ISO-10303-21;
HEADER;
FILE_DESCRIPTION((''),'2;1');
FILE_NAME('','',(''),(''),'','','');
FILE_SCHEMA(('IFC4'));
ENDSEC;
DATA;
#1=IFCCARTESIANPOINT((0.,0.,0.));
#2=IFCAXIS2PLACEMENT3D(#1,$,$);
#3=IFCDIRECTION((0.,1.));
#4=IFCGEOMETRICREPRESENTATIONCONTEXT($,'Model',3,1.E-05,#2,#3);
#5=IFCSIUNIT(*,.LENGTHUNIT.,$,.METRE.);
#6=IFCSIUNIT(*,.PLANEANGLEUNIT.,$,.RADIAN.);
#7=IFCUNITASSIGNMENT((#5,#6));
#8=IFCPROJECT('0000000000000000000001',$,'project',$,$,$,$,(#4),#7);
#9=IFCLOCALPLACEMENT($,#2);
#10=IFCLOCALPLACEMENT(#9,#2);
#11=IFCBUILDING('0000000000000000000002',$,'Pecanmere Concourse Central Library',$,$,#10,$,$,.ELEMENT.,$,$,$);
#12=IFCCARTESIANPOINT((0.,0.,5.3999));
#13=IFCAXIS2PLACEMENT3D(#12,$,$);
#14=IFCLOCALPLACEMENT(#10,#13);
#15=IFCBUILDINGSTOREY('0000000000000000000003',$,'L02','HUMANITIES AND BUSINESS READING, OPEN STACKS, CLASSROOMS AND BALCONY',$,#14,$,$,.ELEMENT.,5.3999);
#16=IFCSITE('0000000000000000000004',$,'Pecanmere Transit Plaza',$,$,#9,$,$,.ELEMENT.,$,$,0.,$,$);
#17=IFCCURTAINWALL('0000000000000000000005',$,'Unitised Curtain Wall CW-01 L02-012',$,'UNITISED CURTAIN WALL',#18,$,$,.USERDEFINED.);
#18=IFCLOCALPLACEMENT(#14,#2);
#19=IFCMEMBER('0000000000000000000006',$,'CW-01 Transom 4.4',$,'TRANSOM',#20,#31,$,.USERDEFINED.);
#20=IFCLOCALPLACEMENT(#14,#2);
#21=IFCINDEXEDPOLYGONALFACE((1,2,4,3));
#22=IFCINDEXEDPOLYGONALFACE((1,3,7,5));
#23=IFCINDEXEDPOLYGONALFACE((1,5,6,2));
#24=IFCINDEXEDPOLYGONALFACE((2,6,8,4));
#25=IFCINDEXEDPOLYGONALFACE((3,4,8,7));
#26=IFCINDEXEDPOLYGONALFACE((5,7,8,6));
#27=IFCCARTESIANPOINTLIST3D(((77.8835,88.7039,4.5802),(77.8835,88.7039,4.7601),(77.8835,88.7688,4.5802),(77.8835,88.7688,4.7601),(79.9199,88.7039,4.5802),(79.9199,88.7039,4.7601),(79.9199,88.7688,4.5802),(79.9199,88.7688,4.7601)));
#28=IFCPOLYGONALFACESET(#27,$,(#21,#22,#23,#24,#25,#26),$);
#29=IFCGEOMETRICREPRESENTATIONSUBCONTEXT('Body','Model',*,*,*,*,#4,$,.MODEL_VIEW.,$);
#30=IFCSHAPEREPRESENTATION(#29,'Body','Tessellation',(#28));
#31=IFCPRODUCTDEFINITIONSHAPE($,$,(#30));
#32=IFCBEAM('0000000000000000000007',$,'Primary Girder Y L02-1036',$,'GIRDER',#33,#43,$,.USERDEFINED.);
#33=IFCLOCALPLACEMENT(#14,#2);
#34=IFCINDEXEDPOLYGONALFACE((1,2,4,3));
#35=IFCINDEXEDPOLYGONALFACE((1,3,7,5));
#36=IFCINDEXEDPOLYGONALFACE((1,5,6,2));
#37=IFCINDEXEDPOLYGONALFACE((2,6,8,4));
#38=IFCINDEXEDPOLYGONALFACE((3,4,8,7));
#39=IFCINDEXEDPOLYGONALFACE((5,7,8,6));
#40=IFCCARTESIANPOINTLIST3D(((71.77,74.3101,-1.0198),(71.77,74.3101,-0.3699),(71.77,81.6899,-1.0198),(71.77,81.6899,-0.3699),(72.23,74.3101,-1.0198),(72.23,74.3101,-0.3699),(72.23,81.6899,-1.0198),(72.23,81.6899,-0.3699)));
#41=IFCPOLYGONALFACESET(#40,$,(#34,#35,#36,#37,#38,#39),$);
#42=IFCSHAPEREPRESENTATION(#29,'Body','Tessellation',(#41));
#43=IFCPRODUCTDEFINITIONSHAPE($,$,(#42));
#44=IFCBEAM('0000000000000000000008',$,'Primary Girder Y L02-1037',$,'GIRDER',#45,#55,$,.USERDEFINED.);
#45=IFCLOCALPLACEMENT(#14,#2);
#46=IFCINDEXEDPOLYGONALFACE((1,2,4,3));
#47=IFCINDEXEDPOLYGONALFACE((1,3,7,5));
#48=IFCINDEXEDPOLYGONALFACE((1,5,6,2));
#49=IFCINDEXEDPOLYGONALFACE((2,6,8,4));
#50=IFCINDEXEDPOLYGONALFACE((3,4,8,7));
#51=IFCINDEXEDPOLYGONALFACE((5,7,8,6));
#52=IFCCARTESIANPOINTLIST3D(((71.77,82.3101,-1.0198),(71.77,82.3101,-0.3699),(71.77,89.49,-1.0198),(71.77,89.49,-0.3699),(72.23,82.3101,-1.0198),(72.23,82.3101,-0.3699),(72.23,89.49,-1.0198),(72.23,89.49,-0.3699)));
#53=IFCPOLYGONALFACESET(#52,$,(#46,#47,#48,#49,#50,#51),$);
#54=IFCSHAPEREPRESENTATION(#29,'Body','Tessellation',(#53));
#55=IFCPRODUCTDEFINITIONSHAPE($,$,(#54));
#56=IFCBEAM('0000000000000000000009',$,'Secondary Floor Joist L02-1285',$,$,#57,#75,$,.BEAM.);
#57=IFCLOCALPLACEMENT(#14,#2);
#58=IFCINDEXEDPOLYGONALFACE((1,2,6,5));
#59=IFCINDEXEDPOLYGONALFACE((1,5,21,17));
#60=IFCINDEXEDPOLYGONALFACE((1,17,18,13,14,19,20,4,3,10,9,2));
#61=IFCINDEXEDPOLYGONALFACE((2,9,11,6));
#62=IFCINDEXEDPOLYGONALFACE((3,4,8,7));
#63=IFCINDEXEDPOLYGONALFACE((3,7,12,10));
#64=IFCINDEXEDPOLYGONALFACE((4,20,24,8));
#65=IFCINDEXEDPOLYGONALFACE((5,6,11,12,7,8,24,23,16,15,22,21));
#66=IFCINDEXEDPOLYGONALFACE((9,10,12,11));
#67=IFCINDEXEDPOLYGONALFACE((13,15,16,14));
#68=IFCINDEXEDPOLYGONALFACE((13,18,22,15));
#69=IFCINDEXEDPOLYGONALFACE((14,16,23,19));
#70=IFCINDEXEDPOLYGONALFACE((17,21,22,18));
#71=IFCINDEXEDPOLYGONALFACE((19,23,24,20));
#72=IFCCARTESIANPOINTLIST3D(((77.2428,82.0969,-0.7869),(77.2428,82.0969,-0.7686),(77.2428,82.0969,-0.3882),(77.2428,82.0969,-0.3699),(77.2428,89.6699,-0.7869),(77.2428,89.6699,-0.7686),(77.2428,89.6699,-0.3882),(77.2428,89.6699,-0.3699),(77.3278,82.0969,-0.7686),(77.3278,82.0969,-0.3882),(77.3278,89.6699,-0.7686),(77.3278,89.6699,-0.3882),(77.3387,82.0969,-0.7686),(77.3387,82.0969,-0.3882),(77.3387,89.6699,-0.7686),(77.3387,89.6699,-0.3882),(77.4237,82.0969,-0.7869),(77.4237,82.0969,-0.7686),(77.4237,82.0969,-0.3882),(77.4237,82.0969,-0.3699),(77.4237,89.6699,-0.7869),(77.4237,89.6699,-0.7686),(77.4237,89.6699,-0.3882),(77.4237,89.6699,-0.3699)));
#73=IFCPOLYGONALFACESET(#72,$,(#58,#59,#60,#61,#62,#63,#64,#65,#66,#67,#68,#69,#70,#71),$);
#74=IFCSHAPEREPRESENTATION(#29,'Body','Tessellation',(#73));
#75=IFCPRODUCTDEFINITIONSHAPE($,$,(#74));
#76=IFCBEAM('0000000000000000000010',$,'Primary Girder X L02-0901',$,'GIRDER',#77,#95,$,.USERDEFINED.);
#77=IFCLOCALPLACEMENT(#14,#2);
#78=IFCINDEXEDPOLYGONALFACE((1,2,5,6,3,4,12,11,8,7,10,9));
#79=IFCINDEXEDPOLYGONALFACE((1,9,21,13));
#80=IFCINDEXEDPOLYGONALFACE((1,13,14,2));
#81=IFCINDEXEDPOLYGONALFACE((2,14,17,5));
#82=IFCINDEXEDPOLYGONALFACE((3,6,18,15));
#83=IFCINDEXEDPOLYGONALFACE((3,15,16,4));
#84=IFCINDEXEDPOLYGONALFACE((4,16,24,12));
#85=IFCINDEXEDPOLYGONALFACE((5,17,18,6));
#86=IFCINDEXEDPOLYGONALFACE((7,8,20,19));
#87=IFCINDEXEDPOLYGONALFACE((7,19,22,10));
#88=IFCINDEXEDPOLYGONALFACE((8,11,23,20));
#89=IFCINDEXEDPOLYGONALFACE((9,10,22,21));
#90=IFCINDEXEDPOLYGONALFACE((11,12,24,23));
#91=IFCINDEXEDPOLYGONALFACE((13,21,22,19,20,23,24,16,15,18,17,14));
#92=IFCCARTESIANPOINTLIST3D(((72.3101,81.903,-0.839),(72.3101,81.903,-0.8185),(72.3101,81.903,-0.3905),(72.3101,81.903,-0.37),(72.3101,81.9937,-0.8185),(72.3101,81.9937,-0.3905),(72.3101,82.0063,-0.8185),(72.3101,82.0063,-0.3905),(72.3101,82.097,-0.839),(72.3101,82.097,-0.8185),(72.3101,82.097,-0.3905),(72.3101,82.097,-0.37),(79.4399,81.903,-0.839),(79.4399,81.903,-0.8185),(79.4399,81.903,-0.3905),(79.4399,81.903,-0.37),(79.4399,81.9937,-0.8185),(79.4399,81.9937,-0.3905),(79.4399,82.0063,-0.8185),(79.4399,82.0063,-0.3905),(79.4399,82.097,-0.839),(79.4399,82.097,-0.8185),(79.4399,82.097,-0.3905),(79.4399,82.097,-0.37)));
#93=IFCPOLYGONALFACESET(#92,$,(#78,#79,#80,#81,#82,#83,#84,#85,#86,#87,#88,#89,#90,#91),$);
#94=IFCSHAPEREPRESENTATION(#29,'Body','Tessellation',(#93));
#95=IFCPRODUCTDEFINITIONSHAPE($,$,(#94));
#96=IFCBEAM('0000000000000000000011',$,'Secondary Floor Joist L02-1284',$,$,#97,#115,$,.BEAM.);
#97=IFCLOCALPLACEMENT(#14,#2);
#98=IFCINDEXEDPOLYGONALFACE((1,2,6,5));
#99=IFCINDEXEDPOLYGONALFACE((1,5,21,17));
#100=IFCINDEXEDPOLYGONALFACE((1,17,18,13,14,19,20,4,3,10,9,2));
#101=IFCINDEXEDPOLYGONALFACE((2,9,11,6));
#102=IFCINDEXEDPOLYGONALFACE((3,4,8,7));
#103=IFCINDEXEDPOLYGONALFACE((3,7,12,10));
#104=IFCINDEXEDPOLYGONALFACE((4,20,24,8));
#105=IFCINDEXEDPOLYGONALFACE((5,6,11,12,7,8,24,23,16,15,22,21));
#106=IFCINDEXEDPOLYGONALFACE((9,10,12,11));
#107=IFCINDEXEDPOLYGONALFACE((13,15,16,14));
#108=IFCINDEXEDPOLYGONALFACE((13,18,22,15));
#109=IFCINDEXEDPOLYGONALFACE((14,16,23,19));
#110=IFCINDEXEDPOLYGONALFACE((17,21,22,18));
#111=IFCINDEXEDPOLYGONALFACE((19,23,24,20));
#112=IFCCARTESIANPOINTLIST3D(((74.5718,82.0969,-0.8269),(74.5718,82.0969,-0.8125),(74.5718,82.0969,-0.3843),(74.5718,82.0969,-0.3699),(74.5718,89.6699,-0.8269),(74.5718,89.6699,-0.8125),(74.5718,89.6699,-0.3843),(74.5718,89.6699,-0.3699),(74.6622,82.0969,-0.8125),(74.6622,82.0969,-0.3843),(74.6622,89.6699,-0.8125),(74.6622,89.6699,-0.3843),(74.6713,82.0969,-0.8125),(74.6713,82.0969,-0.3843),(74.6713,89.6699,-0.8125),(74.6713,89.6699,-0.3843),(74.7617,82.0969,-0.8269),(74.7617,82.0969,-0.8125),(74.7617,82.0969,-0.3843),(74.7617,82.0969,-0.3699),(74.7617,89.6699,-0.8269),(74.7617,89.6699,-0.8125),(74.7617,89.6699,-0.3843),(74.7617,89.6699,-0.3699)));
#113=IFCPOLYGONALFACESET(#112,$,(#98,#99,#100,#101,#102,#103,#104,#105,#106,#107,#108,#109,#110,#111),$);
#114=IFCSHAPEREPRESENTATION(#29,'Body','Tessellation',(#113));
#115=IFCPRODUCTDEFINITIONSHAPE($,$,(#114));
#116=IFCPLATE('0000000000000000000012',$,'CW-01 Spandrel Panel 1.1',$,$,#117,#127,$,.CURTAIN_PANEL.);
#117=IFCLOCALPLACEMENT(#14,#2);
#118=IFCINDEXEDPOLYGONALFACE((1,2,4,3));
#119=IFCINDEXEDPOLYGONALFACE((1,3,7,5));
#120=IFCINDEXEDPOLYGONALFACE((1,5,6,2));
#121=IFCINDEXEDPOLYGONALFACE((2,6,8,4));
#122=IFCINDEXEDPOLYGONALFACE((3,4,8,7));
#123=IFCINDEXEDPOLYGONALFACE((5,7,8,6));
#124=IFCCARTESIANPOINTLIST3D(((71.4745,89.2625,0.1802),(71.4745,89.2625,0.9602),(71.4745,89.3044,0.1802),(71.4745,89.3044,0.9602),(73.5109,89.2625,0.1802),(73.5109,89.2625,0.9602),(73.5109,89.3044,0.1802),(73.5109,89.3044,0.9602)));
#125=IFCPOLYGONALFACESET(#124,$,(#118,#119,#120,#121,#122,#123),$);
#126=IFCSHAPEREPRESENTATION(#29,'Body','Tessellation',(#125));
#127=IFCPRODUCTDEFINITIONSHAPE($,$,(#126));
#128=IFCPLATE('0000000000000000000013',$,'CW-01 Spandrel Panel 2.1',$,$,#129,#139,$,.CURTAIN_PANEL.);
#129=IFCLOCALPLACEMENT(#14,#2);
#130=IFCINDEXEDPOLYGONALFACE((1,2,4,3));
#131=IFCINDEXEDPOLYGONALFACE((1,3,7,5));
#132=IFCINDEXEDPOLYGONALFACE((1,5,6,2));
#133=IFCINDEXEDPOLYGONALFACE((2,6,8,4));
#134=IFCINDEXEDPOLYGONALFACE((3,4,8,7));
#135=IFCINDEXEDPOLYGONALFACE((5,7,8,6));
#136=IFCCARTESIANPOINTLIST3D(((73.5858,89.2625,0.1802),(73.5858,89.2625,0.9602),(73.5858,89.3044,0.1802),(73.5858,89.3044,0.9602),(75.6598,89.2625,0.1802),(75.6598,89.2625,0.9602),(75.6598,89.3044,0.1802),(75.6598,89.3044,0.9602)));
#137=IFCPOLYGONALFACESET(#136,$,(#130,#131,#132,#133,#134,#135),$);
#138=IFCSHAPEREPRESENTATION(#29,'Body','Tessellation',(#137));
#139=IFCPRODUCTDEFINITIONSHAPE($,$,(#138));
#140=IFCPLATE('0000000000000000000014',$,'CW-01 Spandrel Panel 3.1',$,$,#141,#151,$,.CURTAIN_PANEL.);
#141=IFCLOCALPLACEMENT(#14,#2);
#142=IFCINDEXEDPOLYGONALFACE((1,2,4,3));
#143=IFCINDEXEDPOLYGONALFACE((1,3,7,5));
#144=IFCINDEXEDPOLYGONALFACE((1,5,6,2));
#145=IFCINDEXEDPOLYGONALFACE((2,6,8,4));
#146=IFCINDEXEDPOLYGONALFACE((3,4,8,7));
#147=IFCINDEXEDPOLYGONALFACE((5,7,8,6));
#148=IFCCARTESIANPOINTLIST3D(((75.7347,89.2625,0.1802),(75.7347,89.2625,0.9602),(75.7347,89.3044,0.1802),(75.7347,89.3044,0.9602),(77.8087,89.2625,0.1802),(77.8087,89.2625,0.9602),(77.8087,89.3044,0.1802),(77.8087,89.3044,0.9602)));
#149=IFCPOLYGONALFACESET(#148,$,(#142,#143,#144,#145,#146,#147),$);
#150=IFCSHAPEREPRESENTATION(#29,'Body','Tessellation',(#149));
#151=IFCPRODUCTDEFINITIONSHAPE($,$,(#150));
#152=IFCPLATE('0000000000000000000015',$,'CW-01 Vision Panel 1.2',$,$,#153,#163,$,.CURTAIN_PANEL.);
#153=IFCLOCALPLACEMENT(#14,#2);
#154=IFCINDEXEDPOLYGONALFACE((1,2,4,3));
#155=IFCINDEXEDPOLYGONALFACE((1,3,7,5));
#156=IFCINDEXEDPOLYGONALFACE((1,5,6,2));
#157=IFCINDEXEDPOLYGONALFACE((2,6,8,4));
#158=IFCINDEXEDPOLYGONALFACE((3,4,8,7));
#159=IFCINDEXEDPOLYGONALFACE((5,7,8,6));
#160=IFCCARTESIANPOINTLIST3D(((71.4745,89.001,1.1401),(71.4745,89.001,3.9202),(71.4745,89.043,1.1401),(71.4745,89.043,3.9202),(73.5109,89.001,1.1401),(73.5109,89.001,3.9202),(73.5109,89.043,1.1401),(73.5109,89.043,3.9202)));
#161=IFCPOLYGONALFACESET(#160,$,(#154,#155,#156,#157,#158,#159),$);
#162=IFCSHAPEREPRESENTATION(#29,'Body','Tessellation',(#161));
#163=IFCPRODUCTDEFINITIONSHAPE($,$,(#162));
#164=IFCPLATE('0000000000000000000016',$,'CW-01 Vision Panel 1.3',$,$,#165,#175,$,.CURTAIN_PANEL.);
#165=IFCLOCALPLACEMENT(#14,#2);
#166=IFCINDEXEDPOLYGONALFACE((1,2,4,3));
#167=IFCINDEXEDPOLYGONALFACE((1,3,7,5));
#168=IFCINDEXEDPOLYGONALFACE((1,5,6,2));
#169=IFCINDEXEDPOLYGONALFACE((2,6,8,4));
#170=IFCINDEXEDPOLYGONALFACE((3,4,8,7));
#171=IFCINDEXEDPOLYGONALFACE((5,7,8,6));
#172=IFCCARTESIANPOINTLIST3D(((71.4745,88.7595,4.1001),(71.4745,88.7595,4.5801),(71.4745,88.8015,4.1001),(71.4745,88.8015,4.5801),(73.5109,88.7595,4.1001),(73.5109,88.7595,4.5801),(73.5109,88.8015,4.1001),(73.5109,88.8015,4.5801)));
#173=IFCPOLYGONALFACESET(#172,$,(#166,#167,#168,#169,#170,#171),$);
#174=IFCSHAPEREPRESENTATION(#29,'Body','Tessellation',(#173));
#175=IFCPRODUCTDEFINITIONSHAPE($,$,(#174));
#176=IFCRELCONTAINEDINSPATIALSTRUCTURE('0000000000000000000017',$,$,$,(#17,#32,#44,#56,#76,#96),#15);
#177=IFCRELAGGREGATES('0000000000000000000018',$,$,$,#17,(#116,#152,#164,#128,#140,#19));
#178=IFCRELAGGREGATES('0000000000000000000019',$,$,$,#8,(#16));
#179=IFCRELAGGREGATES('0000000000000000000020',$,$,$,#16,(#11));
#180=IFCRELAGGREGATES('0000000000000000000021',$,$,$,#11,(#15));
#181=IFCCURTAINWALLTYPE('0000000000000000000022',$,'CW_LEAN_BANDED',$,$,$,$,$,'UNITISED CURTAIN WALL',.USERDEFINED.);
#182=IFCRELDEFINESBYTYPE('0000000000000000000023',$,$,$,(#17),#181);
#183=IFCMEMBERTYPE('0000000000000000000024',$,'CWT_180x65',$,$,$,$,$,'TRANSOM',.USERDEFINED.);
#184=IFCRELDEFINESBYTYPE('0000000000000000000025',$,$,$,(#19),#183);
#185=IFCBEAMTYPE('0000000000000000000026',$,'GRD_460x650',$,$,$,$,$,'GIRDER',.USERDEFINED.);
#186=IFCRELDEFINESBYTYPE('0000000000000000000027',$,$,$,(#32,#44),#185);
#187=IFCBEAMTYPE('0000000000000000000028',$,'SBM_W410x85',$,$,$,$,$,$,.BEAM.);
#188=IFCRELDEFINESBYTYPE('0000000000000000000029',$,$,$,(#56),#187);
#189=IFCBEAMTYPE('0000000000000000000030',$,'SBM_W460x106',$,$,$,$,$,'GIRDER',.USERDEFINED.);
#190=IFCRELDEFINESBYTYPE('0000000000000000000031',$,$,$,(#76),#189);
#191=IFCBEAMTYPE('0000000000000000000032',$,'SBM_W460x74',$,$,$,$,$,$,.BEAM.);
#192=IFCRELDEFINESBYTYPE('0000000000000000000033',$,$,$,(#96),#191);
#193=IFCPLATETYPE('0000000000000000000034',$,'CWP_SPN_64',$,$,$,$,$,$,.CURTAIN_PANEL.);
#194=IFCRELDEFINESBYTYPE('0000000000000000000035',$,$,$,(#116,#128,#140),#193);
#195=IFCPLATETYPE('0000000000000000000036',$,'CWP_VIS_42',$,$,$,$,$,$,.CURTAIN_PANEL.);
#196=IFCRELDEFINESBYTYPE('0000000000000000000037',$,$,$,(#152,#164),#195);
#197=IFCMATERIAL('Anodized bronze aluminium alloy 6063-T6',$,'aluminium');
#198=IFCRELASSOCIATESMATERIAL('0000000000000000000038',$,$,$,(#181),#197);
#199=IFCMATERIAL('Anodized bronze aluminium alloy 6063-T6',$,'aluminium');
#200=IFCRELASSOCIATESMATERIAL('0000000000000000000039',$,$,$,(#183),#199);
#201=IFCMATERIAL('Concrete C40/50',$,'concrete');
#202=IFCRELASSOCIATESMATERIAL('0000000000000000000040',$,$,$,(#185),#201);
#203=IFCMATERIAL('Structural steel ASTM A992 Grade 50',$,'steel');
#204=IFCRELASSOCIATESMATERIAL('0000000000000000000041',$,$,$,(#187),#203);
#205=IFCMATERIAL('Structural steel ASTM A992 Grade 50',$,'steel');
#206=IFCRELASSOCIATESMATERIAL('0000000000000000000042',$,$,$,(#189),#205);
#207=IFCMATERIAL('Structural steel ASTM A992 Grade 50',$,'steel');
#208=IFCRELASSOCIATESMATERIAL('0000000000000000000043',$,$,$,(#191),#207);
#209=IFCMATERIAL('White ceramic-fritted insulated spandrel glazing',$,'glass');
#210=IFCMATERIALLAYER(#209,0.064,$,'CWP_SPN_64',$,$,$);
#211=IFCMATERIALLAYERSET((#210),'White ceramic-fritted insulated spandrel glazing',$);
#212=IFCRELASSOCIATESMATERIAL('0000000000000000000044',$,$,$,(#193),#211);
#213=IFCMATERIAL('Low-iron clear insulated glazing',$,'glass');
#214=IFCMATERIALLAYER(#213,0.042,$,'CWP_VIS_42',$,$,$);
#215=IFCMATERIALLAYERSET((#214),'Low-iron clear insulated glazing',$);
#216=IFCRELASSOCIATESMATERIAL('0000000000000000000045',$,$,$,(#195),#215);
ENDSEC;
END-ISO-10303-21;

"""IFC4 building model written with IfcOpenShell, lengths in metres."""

from ifc_helpers import new_model, si_unit, direction, frame, origin, origin_2d, place, context, subcontext, project, spatial, rectangle, i_section, extrude, material, layer, layer_set, material_profile, profile_set, type_object, element, aggregate, save


model = new_model("IFC4")

# Units and contexts
model_context = context("Model", 3, precision=1e-05, world=origin(), true_north=direction((0.0, 1.0)))
body_context = subcontext(model_context, "Body", "Model", "MODEL_VIEW")
ifc_project = project(units=[si_unit("LENGTHUNIT", "METRE"), si_unit("PLANEANGLEUNIT", "RADIAN")], contexts=[model_context])

# Site, building, storey
site_placement = place(None, origin())
site = spatial("IfcSite", under=ifc_project, at=site_placement, Name="Pecanmere Transit Plaza", CompositionType="ELEMENT", RefElevation=0.0)
building_placement = place(site_placement, origin())
building = spatial("IfcBuilding", under=site, at=building_placement, Name="Pecanmere Concourse Central Library", CompositionType="ELEMENT")
storey_placement = place(building_placement, frame((0.0, 0.0, 5.3999)))
storey = spatial("IfcBuildingStorey", under=building, at=storey_placement, Name="L02", Description="HUMANITIES AND BUSINESS READING, OPEN STACKS, CLASSROOMS AND BALCONY", CompositionType="ELEMENT", Elevation=5.3999)

# Curtain wall, member
ifc_material_1 = material(Name="Anodized bronze aluminium alloy 6063-T6", Category="aluminium")
curtain_wall_type = type_object("IfcCurtainWallType", Name="CW_LEAN_BANDED", ElementType="UNITISED CURTAIN WALL", PredefinedType="USERDEFINED", material=ifc_material_1)
curtain_wall_placement = place(storey_placement, origin())
curtain_wall = element("IfcCurtainWall", 1, at=curtain_wall_placement, inside=storey, type_object=curtain_wall_type, Name="Unitised Curtain Wall CW-01 L02-012", ObjectType="UNITISED CURTAIN WALL", PredefinedType="USERDEFINED")
ifc_material_2 = material(Name="Anodized bronze aluminium alloy 6063-T6", Category="aluminium")
ifc_material_profile_1 = material_profile(ifc_material_2, rectangle(XDim=0.0649, YDim=0.1799, at=origin_2d()), Name="AL 65x180")
ifc_profile_set_1 = profile_set([ifc_material_profile_1], Name="Anodized bronze aluminium alloy 6063-T6")
member_type = type_object("IfcMemberType", Name="CWT_180x65", ElementType="TRANSOM", PredefinedType="USERDEFINED", material=ifc_profile_set_1)
member_1_placement = place(storey_placement, frame((77.8835, 88.7363, 4.6702), z_axis=(1.0, 0.0, 0.0), x_axis=(0.0, 1.0, 0.0)))
member_1 = element("IfcMember", 2, at=member_1_placement, type_object=member_type, Name="CW-01 Transom 4.4", ObjectType="TRANSOM", PredefinedType="USERDEFINED", context=body_context, shape_type="SweptSolid", body=[
    extrude(rectangle(XDim=0.0649, YDim=0.1799, at=origin_2d()), origin(), (0.0, 0.0, 1.0), 2.0364),
])

# Beams
ifc_material_3 = material(Name="Concrete C40/50", Category="concrete")
ifc_material_profile_2 = material_profile(ifc_material_3, rectangle(XDim=0.46, YDim=0.6499, at=origin_2d()), Name="RC 460x650")
ifc_profile_set_2 = profile_set([ifc_material_profile_2], Name="Concrete C40/50")
beam_type_1 = type_object("IfcBeamType", Name="GRD_460x650", ElementType="GIRDER", PredefinedType="USERDEFINED", material=ifc_profile_set_2)
beam_1_placement = place(storey_placement, frame((72.0, 74.3101, -0.6948), z_axis=(0.0, 1.0, 0.0), x_axis=(-1.0, 0.0, 0.0)))
element("IfcBeam", 3, at=beam_1_placement, inside=storey, type_object=beam_type_1, Name="Primary Girder Y L02-1036", ObjectType="GIRDER", PredefinedType="USERDEFINED", context=body_context, shape_type="SweptSolid", body=[
    extrude(rectangle(XDim=0.46, YDim=0.6499, at=origin_2d()), origin(), (0.0, 0.0, 1.0), 7.3799),
])
beam_2_placement = place(storey_placement, frame((72.0, 82.3101, -0.6948), z_axis=(0.0, 1.0, 0.0), x_axis=(-1.0, 0.0, 0.0)))
element("IfcBeam", 4, at=beam_2_placement, inside=storey, type_object=beam_type_1, Name="Primary Girder Y L02-1037", ObjectType="GIRDER", PredefinedType="USERDEFINED", context=body_context, shape_type="SweptSolid", body=[
    extrude(rectangle(XDim=0.46, YDim=0.6499, at=origin_2d()), origin(), (0.0, 0.0, 1.0), 7.1799),
])
ifc_material_4 = material(Name="Structural steel ASTM A992 Grade 50", Category="steel")
ifc_material_profile_3 = material_profile(ifc_material_4, i_section(OverallWidth=0.1809, OverallDepth=0.417, WebThickness=0.011, FlangeThickness=0.0183, at=origin_2d()), Name="W410x85")
ifc_profile_set_3 = profile_set([ifc_material_profile_3], Name="Structural steel ASTM A992 Grade 50")
beam_type_2 = type_object("IfcBeamType", Name="SBM_W410x85", PredefinedType="BEAM", material=ifc_profile_set_3)
beam_3_placement = place(storey_placement, frame((77.3333, 82.0969, -0.5784), z_axis=(0.0, 1.0, 0.0), x_axis=(-1.0, 0.0, 0.0)))
element("IfcBeam", 5, at=beam_3_placement, inside=storey, type_object=beam_type_2, Name="Secondary Floor Joist L02-1285", PredefinedType="BEAM", context=body_context, shape_type="SweptSolid", body=[
    extrude(i_section(OverallWidth=0.1809, OverallDepth=0.417, WebThickness=0.011, FlangeThickness=0.0183, at=origin_2d()), origin(), (0.0, 0.0, 1.0), 7.573),
])
ifc_material_5 = material(Name="Structural steel ASTM A992 Grade 50", Category="steel")
ifc_material_profile_4 = material_profile(ifc_material_5, i_section(OverallWidth=0.1941, OverallDepth=0.469, WebThickness=0.0127, FlangeThickness=0.0205, at=origin_2d()), Name="W460x106")
ifc_profile_set_4 = profile_set([ifc_material_profile_4], Name="Structural steel ASTM A992 Grade 50")
beam_type_3 = type_object("IfcBeamType", Name="SBM_W460x106", ElementType="GIRDER", PredefinedType="USERDEFINED", material=ifc_profile_set_4)
beam_4_placement = place(storey_placement, frame((72.3101, 82.0, -0.6045), z_axis=(1.0, 0.0, 0.0), x_axis=(0.0, 1.0, 0.0)))
element("IfcBeam", 6, at=beam_4_placement, inside=storey, type_object=beam_type_3, Name="Primary Girder X L02-0901", ObjectType="GIRDER", PredefinedType="USERDEFINED", context=body_context, shape_type="SweptSolid", body=[
    extrude(i_section(OverallWidth=0.1941, OverallDepth=0.469, WebThickness=0.0127, FlangeThickness=0.0205, at=origin_2d()), origin(), (0.0, 0.0, 1.0), 7.1299),
])
ifc_material_6 = material(Name="Structural steel ASTM A992 Grade 50", Category="steel")
ifc_material_profile_5 = material_profile(ifc_material_6, i_section(OverallWidth=0.1899, OverallDepth=0.457, WebThickness=0.009, FlangeThickness=0.0144, at=origin_2d()), Name="W460x74")
ifc_profile_set_5 = profile_set([ifc_material_profile_5], Name="Structural steel ASTM A992 Grade 50")
beam_type_4 = type_object("IfcBeamType", Name="SBM_W460x74", PredefinedType="BEAM", material=ifc_profile_set_5)
beam_5_placement = place(storey_placement, frame((74.6667, 82.0969, -0.5984), z_axis=(0.0, 1.0, 0.0), x_axis=(-1.0, 0.0, 0.0)))
element("IfcBeam", 7, at=beam_5_placement, inside=storey, type_object=beam_type_4, Name="Secondary Floor Joist L02-1284", PredefinedType="BEAM", context=body_context, shape_type="SweptSolid", body=[
    extrude(i_section(OverallWidth=0.1899, OverallDepth=0.457, WebThickness=0.009, FlangeThickness=0.0144, at=origin_2d()), origin(), (0.0, 0.0, 1.0), 7.573),
])

# Plates
ifc_material_7 = material(Name="White ceramic-fritted insulated spandrel glazing", Category="glass")
ifc_layer_1 = layer(ifc_material_7, 0.064, Name="CWP_SPN_64")
ifc_layer_set_1 = layer_set([ifc_layer_1], Name="White ceramic-fritted insulated spandrel glazing")
plate_type_1 = type_object("IfcPlateType", Name="CWP_SPN_64", PredefinedType="CURTAIN_PANEL", material=ifc_layer_set_1)
plate_1_placement = place(storey_placement, frame((72.4927, 89.2834, 0.1802), z_axis=(0.0, 0.0, 1.0), x_axis=(1.0, 0.0, 0.0)))
plate_1 = element("IfcPlate", 8, at=plate_1_placement, type_object=plate_type_1, Name="CW-01 Spandrel Panel 1.1", PredefinedType="CURTAIN_PANEL", context=body_context, shape_type="SweptSolid", body=[
    extrude(rectangle(XDim=2.0364, YDim=0.042, at=origin_2d()), origin(), (0.0, 0.0, 1.0), 0.78),
])
plate_2_placement = place(storey_placement, frame((74.6228, 89.2834, 0.1802), z_axis=(0.0, 0.0, 1.0), x_axis=(1.0, 0.0, 0.0)))
plate_2 = element("IfcPlate", 9, at=plate_2_placement, type_object=plate_type_1, Name="CW-01 Spandrel Panel 2.1", PredefinedType="CURTAIN_PANEL", context=body_context, shape_type="SweptSolid", body=[
    extrude(rectangle(XDim=2.074, YDim=0.042, at=origin_2d()), origin(), (0.0, 0.0, 1.0), 0.78),
])
plate_3_placement = place(storey_placement, frame((76.7717, 89.2834, 0.1802), z_axis=(0.0, 0.0, 1.0), x_axis=(1.0, 0.0, 0.0)))
plate_3 = element("IfcPlate", 10, at=plate_3_placement, type_object=plate_type_1, Name="CW-01 Spandrel Panel 3.1", PredefinedType="CURTAIN_PANEL", context=body_context, shape_type="SweptSolid", body=[
    extrude(rectangle(XDim=2.074, YDim=0.042, at=origin_2d()), origin(), (0.0, 0.0, 1.0), 0.78),
])
ifc_material_8 = material(Name="Low-iron clear insulated glazing", Category="glass")
ifc_layer_2 = layer(ifc_material_8, 0.042, Name="CWP_VIS_42")
ifc_layer_set_2 = layer_set([ifc_layer_2], Name="Low-iron clear insulated glazing")
plate_type_2 = type_object("IfcPlateType", Name="CWP_VIS_42", PredefinedType="CURTAIN_PANEL", material=ifc_layer_set_2)
plate_4_placement = place(storey_placement, frame((72.4927, 89.022, 1.1401), z_axis=(0.0, 0.0, 1.0), x_axis=(1.0, 0.0, 0.0)))
plate_4 = element("IfcPlate", 11, at=plate_4_placement, type_object=plate_type_2, Name="CW-01 Vision Panel 1.2", PredefinedType="CURTAIN_PANEL", context=body_context, shape_type="SweptSolid", body=[
    extrude(rectangle(XDim=2.0364, YDim=0.042, at=origin_2d()), origin(), (0.0, 0.0, 1.0), 2.78),
])
plate_5_placement = place(storey_placement, frame((72.4927, 88.7805, 4.1001), z_axis=(0.0, 0.0, 1.0), x_axis=(1.0, 0.0, 0.0)))
plate_5 = element("IfcPlate", 12, at=plate_5_placement, type_object=plate_type_2, Name="CW-01 Vision Panel 1.3", PredefinedType="CURTAIN_PANEL", context=body_context, shape_type="SweptSolid", body=[
    extrude(rectangle(XDim=2.0364, YDim=0.042, at=origin_2d()), origin(), (0.0, 0.0, 1.0), 0.48),
])
aggregate(curtain_wall, [plate_1, plate_4, plate_5, plate_2, plate_3, member_1])

save(model, "model.ifc")
